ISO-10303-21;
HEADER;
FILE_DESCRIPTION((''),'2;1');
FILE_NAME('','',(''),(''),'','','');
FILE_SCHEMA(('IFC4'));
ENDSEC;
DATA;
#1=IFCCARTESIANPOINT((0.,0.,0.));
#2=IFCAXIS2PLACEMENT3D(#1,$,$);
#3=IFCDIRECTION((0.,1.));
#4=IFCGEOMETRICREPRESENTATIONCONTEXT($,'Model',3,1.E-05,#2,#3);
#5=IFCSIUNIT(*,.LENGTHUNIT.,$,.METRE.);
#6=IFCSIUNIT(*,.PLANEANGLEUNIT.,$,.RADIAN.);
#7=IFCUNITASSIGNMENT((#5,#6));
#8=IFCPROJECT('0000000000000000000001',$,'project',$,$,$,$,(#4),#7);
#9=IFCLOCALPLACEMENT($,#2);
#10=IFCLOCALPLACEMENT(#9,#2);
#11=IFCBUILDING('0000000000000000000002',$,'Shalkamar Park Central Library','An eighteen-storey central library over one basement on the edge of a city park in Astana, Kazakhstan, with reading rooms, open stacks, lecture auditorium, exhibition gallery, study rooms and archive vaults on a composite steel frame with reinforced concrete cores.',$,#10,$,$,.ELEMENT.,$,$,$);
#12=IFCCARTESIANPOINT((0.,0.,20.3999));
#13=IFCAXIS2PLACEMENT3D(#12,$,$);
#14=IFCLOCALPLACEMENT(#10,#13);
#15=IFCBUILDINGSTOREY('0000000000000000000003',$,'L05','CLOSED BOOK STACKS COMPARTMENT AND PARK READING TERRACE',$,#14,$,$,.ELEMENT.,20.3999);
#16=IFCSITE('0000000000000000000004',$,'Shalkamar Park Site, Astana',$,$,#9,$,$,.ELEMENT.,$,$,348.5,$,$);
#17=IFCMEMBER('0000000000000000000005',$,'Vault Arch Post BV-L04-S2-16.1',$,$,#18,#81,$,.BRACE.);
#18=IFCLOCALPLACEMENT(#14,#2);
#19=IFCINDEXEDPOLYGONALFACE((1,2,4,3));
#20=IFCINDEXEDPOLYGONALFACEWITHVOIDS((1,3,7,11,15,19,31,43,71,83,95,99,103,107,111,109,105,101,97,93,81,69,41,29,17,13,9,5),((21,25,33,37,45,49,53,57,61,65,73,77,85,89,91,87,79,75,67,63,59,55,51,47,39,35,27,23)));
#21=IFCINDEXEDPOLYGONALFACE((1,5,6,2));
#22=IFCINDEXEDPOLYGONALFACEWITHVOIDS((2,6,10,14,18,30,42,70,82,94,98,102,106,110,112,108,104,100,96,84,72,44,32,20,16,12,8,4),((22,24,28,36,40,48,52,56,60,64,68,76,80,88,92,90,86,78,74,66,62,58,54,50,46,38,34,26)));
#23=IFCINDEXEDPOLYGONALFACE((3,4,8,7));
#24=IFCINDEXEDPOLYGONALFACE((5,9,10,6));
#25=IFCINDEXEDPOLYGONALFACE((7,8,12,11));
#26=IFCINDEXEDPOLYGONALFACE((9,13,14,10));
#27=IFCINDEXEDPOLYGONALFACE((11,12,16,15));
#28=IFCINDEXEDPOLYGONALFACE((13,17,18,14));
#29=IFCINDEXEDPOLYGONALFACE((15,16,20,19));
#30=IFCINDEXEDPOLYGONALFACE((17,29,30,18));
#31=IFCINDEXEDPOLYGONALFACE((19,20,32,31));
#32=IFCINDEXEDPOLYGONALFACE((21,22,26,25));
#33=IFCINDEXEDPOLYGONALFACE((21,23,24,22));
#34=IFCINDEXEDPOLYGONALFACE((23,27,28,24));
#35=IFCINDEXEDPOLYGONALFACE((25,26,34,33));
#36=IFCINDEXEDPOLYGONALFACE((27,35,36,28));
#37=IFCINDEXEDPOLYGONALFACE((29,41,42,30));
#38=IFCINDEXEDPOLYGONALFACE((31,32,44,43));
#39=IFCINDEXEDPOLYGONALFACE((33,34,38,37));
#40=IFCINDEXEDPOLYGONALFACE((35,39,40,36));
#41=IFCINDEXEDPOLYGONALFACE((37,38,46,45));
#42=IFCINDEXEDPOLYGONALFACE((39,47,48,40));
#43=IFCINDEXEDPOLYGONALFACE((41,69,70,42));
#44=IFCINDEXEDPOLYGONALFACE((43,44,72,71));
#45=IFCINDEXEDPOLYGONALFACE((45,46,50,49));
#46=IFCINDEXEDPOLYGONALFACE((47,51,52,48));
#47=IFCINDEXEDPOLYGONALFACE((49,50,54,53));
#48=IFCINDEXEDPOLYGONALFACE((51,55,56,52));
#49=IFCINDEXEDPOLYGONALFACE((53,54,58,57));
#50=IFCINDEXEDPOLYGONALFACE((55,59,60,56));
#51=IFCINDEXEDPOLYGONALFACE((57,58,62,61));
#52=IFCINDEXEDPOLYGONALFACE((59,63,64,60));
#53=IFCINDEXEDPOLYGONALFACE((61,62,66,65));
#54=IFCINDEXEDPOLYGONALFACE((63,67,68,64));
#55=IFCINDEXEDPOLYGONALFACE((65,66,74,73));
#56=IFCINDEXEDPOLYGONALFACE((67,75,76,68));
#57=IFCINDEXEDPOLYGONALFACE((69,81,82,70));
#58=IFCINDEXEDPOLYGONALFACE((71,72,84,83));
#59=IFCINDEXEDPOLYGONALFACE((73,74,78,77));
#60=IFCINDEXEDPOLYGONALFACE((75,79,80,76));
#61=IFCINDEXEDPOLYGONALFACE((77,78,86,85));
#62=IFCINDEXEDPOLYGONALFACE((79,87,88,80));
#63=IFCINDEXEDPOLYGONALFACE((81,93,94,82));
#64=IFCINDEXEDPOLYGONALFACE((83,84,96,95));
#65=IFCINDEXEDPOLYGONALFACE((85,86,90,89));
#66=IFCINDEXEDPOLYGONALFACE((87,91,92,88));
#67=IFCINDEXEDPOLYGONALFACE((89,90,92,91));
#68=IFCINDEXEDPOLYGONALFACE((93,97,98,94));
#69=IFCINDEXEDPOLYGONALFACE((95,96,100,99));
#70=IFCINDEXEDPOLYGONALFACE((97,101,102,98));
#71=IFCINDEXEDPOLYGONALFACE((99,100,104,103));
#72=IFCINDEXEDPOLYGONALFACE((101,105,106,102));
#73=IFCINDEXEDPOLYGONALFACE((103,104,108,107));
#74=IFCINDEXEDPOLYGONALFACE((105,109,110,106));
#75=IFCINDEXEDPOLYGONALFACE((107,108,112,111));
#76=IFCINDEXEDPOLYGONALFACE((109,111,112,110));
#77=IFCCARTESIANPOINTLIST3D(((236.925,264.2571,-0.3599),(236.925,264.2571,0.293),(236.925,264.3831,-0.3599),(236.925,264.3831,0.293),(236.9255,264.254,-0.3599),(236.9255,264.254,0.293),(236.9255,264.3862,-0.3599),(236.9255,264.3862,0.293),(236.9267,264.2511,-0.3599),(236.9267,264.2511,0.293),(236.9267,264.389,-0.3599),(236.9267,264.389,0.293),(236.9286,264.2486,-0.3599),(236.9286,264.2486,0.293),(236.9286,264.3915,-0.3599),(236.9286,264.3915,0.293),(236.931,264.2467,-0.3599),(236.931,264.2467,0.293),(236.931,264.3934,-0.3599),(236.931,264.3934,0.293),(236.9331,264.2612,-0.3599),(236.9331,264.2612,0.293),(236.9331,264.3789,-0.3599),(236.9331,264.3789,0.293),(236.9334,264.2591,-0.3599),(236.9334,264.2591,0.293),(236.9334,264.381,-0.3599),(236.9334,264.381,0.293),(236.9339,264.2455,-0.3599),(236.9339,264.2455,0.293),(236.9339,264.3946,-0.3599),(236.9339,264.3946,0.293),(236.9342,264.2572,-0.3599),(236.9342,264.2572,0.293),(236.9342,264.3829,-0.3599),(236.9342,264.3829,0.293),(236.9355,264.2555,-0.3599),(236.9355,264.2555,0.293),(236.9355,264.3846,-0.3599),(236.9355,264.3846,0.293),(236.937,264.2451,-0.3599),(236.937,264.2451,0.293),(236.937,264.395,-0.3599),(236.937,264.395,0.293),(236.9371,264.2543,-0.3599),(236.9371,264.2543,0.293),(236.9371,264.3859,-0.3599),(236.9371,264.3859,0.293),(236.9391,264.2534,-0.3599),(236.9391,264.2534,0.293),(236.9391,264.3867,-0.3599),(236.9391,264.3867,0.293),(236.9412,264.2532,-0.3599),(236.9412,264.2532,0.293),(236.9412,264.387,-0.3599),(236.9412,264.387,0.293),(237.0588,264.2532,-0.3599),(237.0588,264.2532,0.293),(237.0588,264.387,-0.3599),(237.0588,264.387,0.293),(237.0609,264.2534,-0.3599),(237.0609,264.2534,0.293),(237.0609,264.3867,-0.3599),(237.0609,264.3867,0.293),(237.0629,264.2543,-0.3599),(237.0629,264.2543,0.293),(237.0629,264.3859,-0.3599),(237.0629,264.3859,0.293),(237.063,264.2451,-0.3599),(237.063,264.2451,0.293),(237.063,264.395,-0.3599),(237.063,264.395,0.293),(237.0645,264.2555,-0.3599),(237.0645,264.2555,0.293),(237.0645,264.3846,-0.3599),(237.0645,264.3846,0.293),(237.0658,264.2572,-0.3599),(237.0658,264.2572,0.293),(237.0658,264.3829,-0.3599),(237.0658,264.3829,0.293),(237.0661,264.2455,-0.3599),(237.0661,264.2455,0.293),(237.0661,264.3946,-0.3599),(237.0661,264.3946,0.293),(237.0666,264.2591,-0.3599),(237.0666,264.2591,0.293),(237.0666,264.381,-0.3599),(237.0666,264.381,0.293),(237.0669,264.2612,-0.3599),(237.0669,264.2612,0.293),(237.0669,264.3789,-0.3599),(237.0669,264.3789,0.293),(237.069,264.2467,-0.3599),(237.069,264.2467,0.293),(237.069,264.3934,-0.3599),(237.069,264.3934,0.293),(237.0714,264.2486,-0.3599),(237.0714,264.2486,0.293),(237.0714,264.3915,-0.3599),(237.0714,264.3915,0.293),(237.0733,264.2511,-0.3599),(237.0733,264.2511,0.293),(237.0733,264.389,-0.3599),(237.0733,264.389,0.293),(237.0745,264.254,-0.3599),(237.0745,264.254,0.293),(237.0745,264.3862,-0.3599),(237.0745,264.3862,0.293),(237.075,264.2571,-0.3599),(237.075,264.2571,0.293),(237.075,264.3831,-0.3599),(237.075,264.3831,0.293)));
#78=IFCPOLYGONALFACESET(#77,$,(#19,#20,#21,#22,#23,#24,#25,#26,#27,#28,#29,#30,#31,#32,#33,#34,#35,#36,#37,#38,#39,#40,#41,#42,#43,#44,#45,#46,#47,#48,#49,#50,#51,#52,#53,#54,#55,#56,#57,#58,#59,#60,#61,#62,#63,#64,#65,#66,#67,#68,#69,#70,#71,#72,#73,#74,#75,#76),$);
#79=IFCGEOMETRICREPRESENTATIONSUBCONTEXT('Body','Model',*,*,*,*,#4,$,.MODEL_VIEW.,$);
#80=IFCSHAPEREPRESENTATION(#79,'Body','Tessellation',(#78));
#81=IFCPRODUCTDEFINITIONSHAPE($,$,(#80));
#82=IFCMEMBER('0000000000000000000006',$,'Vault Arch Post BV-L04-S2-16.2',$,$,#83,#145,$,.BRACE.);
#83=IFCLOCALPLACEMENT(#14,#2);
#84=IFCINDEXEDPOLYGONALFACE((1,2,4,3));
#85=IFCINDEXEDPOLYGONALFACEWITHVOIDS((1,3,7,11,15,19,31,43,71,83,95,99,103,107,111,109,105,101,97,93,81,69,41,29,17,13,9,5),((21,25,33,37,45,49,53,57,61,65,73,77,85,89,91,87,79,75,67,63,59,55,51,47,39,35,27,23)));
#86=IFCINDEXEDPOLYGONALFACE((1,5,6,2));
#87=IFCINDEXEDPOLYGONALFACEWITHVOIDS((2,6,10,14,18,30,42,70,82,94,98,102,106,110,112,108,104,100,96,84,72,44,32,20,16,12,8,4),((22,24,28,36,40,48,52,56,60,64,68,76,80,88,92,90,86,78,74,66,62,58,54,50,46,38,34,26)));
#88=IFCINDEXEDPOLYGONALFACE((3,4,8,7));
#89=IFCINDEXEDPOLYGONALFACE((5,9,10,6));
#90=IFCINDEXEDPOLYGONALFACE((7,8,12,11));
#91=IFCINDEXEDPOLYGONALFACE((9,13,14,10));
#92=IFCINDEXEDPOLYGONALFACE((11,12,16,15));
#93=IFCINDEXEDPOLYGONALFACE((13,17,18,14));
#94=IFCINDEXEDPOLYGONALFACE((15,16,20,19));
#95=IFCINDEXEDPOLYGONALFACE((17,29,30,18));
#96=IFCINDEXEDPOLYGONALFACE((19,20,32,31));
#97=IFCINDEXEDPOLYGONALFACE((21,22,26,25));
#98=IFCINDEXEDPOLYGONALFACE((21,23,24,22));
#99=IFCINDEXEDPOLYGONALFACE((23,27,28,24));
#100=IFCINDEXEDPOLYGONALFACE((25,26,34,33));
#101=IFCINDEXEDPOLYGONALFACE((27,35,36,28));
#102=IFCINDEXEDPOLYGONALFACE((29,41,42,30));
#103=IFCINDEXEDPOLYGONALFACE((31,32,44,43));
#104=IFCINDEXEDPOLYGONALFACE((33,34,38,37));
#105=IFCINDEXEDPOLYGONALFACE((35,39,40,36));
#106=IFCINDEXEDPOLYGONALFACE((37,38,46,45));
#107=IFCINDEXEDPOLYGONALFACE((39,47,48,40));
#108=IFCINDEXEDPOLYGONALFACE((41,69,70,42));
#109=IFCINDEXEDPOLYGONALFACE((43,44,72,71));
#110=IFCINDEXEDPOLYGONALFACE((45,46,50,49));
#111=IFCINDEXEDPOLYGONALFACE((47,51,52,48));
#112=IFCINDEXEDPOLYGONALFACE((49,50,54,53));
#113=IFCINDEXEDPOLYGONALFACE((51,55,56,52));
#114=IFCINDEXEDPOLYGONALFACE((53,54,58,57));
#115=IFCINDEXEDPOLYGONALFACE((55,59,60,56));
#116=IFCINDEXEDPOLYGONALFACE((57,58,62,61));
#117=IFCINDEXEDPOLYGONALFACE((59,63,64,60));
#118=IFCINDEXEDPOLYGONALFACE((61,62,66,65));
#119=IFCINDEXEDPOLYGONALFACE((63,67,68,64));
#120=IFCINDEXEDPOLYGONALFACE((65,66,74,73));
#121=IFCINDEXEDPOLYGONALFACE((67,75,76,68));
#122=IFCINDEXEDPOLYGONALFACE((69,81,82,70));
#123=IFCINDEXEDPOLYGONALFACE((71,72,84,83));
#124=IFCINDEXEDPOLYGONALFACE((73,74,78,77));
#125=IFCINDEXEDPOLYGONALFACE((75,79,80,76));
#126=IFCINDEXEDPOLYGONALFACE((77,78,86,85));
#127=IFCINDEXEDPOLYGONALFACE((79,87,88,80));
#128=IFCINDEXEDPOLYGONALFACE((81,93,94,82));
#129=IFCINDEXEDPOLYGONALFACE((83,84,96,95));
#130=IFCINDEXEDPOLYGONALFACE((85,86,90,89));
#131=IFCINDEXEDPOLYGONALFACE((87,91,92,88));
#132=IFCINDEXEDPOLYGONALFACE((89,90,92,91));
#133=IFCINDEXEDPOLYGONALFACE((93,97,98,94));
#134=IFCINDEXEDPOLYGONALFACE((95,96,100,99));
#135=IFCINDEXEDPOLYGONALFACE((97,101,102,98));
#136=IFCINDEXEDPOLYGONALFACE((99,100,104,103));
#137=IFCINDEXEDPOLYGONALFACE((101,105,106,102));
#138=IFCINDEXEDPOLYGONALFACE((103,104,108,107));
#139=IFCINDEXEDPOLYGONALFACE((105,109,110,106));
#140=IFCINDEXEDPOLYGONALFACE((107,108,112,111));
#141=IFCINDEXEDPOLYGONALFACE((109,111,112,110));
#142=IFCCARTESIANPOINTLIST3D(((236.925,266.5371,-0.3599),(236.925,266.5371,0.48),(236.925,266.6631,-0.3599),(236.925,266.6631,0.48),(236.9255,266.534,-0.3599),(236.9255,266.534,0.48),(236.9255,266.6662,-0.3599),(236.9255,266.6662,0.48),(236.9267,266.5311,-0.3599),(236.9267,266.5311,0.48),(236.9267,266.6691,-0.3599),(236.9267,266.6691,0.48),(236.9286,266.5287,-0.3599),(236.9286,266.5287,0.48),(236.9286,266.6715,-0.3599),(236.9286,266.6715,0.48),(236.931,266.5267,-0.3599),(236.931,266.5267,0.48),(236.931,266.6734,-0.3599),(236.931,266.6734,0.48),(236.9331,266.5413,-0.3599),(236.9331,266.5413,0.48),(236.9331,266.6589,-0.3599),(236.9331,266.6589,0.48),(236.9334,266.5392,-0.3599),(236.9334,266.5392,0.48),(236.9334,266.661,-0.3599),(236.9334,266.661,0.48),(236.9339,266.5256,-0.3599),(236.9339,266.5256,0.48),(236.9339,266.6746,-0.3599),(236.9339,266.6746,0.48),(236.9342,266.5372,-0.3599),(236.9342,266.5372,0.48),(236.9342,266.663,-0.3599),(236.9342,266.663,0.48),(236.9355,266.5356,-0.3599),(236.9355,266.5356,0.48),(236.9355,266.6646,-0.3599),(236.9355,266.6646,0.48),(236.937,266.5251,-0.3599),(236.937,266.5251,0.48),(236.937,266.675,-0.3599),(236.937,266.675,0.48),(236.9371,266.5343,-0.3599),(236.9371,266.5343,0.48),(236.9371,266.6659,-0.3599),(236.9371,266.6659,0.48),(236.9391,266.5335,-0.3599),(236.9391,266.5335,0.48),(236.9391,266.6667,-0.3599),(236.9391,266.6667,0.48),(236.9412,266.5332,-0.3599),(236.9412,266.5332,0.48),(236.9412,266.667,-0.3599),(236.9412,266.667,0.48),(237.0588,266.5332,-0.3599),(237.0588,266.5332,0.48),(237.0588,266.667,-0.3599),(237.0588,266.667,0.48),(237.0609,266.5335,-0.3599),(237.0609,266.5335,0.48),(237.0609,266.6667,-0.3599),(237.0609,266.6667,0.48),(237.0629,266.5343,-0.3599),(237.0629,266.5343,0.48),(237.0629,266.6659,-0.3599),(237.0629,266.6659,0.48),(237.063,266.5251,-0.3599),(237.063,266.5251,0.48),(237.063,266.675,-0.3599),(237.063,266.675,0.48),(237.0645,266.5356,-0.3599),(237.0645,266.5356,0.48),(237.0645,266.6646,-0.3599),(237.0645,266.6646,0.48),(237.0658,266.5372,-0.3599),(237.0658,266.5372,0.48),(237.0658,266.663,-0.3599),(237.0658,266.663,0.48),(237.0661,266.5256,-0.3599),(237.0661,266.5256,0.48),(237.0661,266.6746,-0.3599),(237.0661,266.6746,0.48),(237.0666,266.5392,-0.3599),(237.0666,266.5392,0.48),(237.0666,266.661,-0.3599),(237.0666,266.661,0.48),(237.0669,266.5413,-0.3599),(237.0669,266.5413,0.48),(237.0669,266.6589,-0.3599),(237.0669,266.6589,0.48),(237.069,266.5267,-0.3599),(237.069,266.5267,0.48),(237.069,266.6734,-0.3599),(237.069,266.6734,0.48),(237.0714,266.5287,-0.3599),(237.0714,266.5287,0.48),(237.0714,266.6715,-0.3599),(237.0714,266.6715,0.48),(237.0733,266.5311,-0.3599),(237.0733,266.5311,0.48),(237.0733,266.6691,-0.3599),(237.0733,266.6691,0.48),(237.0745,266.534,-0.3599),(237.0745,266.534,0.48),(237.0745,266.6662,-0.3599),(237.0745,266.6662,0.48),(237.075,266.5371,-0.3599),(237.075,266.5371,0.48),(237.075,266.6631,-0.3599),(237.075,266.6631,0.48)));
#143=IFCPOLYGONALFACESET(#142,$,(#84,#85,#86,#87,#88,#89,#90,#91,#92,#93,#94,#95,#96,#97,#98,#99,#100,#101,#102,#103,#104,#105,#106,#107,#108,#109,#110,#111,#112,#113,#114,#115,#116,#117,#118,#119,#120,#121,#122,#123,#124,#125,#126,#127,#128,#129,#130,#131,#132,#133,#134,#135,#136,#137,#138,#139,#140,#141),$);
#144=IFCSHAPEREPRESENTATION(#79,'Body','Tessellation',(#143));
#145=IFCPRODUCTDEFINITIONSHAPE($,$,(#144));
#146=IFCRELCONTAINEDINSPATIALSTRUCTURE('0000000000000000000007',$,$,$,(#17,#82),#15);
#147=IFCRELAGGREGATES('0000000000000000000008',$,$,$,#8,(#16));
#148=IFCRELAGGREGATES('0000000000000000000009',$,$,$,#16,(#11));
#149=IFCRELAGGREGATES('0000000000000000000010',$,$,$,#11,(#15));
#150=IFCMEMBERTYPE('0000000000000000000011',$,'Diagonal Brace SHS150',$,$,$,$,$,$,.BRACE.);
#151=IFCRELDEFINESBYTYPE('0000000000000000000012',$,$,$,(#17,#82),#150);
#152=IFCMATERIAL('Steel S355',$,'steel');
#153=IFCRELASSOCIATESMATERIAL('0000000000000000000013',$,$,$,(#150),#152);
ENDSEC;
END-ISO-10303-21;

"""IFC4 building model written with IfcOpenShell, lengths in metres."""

from ifc_helpers import new_model, si_unit, direction, frame, origin, origin_2d, place, context, subcontext, project, spatial, hollow_rectangle, extrude, material, material_profile, profile_set, type_object, element, save


model = new_model("IFC4")

# Units and contexts
model_context = context("Model", 3, precision=1e-05, world=origin(), true_north=direction((0.0, 1.0)))
body_context = subcontext(model_context, "Body", "Model", "MODEL_VIEW")
ifc_project = project(units=[si_unit("LENGTHUNIT", "METRE"), si_unit("PLANEANGLEUNIT", "RADIAN")], contexts=[model_context])

# Site, building, storey
site_placement = place(None, origin())
site = spatial("IfcSite", under=ifc_project, at=site_placement, Name="Shalkamar Park Site, Astana", CompositionType="ELEMENT", RefElevation=348.5)
building_placement = place(site_placement, origin())
building = spatial("IfcBuilding", under=site, at=building_placement, Name="Shalkamar Park Central Library", Description="An eighteen-storey central library over one basement on the edge of a city park in Astana, Kazakhstan, with reading rooms, open stacks, lecture auditorium, exhibition gallery, study rooms and archive vaults on a composite steel frame with reinforced concrete cores.", CompositionType="ELEMENT")
storey_placement = place(building_placement, frame((0.0, 0.0, 20.3999)))
storey = spatial("IfcBuildingStorey", under=building, at=storey_placement, Name="L05", Description="CLOSED BOOK STACKS COMPARTMENT AND PARK READING TERRACE", CompositionType="ELEMENT", Elevation=20.3999)

# Members
ifc_material_1 = material(Name="Steel S355", Category="steel")
ifc_material_profile_1 = material_profile(ifc_material_1, hollow_rectangle(XDim=0.1499, YDim=0.1499, WallThickness=0.0081, InnerFilletRadius=0.0081, OuterFilletRadius=0.012, at=origin_2d()), Name="SHS 150x150x8")
ifc_profile_set_1 = profile_set([ifc_material_profile_1], Name="Steel S355")
member_type_1 = type_object("IfcMemberType", Name="Diagonal Brace SHS150", PredefinedType="BRACE", material=ifc_profile_set_1)
member_1_placement = place(storey_placement, frame((237.0, 264.3201, -0.3599), z_axis=(0.0, 0.0, 1.0), x_axis=(1.0, 0.0, 0.0)))
element("IfcMember", 1, at=member_1_placement, inside=storey, type_object=member_type_1, Name="Vault Arch Post BV-L04-S2-16.1", PredefinedType="BRACE", context=body_context, shape_type="SweptSolid", body=[
    extrude(hollow_rectangle(XDim=0.1499, YDim=0.1499, WallThickness=0.0081, InnerFilletRadius=0.0081, OuterFilletRadius=0.012, at=origin_2d()), origin(), (0.0, 0.0, 1.0), 0.6528),
])
member_2_placement = place(storey_placement, frame((237.0, 266.6001, -0.3599), z_axis=(0.0, 0.0, 1.0), x_axis=(1.0, 0.0, 0.0)))
element("IfcMember", 2, at=member_2_placement, inside=storey, type_object=member_type_1, Name="Vault Arch Post BV-L04-S2-16.2", PredefinedType="BRACE", context=body_context, shape_type="SweptSolid", body=[
    extrude(hollow_rectangle(XDim=0.1499, YDim=0.1499, WallThickness=0.0081, InnerFilletRadius=0.0081, OuterFilletRadius=0.012, at=origin_2d()), origin(), (0.0, 0.0, 1.0), 0.8398),
])

save(model, "model.ifc")
